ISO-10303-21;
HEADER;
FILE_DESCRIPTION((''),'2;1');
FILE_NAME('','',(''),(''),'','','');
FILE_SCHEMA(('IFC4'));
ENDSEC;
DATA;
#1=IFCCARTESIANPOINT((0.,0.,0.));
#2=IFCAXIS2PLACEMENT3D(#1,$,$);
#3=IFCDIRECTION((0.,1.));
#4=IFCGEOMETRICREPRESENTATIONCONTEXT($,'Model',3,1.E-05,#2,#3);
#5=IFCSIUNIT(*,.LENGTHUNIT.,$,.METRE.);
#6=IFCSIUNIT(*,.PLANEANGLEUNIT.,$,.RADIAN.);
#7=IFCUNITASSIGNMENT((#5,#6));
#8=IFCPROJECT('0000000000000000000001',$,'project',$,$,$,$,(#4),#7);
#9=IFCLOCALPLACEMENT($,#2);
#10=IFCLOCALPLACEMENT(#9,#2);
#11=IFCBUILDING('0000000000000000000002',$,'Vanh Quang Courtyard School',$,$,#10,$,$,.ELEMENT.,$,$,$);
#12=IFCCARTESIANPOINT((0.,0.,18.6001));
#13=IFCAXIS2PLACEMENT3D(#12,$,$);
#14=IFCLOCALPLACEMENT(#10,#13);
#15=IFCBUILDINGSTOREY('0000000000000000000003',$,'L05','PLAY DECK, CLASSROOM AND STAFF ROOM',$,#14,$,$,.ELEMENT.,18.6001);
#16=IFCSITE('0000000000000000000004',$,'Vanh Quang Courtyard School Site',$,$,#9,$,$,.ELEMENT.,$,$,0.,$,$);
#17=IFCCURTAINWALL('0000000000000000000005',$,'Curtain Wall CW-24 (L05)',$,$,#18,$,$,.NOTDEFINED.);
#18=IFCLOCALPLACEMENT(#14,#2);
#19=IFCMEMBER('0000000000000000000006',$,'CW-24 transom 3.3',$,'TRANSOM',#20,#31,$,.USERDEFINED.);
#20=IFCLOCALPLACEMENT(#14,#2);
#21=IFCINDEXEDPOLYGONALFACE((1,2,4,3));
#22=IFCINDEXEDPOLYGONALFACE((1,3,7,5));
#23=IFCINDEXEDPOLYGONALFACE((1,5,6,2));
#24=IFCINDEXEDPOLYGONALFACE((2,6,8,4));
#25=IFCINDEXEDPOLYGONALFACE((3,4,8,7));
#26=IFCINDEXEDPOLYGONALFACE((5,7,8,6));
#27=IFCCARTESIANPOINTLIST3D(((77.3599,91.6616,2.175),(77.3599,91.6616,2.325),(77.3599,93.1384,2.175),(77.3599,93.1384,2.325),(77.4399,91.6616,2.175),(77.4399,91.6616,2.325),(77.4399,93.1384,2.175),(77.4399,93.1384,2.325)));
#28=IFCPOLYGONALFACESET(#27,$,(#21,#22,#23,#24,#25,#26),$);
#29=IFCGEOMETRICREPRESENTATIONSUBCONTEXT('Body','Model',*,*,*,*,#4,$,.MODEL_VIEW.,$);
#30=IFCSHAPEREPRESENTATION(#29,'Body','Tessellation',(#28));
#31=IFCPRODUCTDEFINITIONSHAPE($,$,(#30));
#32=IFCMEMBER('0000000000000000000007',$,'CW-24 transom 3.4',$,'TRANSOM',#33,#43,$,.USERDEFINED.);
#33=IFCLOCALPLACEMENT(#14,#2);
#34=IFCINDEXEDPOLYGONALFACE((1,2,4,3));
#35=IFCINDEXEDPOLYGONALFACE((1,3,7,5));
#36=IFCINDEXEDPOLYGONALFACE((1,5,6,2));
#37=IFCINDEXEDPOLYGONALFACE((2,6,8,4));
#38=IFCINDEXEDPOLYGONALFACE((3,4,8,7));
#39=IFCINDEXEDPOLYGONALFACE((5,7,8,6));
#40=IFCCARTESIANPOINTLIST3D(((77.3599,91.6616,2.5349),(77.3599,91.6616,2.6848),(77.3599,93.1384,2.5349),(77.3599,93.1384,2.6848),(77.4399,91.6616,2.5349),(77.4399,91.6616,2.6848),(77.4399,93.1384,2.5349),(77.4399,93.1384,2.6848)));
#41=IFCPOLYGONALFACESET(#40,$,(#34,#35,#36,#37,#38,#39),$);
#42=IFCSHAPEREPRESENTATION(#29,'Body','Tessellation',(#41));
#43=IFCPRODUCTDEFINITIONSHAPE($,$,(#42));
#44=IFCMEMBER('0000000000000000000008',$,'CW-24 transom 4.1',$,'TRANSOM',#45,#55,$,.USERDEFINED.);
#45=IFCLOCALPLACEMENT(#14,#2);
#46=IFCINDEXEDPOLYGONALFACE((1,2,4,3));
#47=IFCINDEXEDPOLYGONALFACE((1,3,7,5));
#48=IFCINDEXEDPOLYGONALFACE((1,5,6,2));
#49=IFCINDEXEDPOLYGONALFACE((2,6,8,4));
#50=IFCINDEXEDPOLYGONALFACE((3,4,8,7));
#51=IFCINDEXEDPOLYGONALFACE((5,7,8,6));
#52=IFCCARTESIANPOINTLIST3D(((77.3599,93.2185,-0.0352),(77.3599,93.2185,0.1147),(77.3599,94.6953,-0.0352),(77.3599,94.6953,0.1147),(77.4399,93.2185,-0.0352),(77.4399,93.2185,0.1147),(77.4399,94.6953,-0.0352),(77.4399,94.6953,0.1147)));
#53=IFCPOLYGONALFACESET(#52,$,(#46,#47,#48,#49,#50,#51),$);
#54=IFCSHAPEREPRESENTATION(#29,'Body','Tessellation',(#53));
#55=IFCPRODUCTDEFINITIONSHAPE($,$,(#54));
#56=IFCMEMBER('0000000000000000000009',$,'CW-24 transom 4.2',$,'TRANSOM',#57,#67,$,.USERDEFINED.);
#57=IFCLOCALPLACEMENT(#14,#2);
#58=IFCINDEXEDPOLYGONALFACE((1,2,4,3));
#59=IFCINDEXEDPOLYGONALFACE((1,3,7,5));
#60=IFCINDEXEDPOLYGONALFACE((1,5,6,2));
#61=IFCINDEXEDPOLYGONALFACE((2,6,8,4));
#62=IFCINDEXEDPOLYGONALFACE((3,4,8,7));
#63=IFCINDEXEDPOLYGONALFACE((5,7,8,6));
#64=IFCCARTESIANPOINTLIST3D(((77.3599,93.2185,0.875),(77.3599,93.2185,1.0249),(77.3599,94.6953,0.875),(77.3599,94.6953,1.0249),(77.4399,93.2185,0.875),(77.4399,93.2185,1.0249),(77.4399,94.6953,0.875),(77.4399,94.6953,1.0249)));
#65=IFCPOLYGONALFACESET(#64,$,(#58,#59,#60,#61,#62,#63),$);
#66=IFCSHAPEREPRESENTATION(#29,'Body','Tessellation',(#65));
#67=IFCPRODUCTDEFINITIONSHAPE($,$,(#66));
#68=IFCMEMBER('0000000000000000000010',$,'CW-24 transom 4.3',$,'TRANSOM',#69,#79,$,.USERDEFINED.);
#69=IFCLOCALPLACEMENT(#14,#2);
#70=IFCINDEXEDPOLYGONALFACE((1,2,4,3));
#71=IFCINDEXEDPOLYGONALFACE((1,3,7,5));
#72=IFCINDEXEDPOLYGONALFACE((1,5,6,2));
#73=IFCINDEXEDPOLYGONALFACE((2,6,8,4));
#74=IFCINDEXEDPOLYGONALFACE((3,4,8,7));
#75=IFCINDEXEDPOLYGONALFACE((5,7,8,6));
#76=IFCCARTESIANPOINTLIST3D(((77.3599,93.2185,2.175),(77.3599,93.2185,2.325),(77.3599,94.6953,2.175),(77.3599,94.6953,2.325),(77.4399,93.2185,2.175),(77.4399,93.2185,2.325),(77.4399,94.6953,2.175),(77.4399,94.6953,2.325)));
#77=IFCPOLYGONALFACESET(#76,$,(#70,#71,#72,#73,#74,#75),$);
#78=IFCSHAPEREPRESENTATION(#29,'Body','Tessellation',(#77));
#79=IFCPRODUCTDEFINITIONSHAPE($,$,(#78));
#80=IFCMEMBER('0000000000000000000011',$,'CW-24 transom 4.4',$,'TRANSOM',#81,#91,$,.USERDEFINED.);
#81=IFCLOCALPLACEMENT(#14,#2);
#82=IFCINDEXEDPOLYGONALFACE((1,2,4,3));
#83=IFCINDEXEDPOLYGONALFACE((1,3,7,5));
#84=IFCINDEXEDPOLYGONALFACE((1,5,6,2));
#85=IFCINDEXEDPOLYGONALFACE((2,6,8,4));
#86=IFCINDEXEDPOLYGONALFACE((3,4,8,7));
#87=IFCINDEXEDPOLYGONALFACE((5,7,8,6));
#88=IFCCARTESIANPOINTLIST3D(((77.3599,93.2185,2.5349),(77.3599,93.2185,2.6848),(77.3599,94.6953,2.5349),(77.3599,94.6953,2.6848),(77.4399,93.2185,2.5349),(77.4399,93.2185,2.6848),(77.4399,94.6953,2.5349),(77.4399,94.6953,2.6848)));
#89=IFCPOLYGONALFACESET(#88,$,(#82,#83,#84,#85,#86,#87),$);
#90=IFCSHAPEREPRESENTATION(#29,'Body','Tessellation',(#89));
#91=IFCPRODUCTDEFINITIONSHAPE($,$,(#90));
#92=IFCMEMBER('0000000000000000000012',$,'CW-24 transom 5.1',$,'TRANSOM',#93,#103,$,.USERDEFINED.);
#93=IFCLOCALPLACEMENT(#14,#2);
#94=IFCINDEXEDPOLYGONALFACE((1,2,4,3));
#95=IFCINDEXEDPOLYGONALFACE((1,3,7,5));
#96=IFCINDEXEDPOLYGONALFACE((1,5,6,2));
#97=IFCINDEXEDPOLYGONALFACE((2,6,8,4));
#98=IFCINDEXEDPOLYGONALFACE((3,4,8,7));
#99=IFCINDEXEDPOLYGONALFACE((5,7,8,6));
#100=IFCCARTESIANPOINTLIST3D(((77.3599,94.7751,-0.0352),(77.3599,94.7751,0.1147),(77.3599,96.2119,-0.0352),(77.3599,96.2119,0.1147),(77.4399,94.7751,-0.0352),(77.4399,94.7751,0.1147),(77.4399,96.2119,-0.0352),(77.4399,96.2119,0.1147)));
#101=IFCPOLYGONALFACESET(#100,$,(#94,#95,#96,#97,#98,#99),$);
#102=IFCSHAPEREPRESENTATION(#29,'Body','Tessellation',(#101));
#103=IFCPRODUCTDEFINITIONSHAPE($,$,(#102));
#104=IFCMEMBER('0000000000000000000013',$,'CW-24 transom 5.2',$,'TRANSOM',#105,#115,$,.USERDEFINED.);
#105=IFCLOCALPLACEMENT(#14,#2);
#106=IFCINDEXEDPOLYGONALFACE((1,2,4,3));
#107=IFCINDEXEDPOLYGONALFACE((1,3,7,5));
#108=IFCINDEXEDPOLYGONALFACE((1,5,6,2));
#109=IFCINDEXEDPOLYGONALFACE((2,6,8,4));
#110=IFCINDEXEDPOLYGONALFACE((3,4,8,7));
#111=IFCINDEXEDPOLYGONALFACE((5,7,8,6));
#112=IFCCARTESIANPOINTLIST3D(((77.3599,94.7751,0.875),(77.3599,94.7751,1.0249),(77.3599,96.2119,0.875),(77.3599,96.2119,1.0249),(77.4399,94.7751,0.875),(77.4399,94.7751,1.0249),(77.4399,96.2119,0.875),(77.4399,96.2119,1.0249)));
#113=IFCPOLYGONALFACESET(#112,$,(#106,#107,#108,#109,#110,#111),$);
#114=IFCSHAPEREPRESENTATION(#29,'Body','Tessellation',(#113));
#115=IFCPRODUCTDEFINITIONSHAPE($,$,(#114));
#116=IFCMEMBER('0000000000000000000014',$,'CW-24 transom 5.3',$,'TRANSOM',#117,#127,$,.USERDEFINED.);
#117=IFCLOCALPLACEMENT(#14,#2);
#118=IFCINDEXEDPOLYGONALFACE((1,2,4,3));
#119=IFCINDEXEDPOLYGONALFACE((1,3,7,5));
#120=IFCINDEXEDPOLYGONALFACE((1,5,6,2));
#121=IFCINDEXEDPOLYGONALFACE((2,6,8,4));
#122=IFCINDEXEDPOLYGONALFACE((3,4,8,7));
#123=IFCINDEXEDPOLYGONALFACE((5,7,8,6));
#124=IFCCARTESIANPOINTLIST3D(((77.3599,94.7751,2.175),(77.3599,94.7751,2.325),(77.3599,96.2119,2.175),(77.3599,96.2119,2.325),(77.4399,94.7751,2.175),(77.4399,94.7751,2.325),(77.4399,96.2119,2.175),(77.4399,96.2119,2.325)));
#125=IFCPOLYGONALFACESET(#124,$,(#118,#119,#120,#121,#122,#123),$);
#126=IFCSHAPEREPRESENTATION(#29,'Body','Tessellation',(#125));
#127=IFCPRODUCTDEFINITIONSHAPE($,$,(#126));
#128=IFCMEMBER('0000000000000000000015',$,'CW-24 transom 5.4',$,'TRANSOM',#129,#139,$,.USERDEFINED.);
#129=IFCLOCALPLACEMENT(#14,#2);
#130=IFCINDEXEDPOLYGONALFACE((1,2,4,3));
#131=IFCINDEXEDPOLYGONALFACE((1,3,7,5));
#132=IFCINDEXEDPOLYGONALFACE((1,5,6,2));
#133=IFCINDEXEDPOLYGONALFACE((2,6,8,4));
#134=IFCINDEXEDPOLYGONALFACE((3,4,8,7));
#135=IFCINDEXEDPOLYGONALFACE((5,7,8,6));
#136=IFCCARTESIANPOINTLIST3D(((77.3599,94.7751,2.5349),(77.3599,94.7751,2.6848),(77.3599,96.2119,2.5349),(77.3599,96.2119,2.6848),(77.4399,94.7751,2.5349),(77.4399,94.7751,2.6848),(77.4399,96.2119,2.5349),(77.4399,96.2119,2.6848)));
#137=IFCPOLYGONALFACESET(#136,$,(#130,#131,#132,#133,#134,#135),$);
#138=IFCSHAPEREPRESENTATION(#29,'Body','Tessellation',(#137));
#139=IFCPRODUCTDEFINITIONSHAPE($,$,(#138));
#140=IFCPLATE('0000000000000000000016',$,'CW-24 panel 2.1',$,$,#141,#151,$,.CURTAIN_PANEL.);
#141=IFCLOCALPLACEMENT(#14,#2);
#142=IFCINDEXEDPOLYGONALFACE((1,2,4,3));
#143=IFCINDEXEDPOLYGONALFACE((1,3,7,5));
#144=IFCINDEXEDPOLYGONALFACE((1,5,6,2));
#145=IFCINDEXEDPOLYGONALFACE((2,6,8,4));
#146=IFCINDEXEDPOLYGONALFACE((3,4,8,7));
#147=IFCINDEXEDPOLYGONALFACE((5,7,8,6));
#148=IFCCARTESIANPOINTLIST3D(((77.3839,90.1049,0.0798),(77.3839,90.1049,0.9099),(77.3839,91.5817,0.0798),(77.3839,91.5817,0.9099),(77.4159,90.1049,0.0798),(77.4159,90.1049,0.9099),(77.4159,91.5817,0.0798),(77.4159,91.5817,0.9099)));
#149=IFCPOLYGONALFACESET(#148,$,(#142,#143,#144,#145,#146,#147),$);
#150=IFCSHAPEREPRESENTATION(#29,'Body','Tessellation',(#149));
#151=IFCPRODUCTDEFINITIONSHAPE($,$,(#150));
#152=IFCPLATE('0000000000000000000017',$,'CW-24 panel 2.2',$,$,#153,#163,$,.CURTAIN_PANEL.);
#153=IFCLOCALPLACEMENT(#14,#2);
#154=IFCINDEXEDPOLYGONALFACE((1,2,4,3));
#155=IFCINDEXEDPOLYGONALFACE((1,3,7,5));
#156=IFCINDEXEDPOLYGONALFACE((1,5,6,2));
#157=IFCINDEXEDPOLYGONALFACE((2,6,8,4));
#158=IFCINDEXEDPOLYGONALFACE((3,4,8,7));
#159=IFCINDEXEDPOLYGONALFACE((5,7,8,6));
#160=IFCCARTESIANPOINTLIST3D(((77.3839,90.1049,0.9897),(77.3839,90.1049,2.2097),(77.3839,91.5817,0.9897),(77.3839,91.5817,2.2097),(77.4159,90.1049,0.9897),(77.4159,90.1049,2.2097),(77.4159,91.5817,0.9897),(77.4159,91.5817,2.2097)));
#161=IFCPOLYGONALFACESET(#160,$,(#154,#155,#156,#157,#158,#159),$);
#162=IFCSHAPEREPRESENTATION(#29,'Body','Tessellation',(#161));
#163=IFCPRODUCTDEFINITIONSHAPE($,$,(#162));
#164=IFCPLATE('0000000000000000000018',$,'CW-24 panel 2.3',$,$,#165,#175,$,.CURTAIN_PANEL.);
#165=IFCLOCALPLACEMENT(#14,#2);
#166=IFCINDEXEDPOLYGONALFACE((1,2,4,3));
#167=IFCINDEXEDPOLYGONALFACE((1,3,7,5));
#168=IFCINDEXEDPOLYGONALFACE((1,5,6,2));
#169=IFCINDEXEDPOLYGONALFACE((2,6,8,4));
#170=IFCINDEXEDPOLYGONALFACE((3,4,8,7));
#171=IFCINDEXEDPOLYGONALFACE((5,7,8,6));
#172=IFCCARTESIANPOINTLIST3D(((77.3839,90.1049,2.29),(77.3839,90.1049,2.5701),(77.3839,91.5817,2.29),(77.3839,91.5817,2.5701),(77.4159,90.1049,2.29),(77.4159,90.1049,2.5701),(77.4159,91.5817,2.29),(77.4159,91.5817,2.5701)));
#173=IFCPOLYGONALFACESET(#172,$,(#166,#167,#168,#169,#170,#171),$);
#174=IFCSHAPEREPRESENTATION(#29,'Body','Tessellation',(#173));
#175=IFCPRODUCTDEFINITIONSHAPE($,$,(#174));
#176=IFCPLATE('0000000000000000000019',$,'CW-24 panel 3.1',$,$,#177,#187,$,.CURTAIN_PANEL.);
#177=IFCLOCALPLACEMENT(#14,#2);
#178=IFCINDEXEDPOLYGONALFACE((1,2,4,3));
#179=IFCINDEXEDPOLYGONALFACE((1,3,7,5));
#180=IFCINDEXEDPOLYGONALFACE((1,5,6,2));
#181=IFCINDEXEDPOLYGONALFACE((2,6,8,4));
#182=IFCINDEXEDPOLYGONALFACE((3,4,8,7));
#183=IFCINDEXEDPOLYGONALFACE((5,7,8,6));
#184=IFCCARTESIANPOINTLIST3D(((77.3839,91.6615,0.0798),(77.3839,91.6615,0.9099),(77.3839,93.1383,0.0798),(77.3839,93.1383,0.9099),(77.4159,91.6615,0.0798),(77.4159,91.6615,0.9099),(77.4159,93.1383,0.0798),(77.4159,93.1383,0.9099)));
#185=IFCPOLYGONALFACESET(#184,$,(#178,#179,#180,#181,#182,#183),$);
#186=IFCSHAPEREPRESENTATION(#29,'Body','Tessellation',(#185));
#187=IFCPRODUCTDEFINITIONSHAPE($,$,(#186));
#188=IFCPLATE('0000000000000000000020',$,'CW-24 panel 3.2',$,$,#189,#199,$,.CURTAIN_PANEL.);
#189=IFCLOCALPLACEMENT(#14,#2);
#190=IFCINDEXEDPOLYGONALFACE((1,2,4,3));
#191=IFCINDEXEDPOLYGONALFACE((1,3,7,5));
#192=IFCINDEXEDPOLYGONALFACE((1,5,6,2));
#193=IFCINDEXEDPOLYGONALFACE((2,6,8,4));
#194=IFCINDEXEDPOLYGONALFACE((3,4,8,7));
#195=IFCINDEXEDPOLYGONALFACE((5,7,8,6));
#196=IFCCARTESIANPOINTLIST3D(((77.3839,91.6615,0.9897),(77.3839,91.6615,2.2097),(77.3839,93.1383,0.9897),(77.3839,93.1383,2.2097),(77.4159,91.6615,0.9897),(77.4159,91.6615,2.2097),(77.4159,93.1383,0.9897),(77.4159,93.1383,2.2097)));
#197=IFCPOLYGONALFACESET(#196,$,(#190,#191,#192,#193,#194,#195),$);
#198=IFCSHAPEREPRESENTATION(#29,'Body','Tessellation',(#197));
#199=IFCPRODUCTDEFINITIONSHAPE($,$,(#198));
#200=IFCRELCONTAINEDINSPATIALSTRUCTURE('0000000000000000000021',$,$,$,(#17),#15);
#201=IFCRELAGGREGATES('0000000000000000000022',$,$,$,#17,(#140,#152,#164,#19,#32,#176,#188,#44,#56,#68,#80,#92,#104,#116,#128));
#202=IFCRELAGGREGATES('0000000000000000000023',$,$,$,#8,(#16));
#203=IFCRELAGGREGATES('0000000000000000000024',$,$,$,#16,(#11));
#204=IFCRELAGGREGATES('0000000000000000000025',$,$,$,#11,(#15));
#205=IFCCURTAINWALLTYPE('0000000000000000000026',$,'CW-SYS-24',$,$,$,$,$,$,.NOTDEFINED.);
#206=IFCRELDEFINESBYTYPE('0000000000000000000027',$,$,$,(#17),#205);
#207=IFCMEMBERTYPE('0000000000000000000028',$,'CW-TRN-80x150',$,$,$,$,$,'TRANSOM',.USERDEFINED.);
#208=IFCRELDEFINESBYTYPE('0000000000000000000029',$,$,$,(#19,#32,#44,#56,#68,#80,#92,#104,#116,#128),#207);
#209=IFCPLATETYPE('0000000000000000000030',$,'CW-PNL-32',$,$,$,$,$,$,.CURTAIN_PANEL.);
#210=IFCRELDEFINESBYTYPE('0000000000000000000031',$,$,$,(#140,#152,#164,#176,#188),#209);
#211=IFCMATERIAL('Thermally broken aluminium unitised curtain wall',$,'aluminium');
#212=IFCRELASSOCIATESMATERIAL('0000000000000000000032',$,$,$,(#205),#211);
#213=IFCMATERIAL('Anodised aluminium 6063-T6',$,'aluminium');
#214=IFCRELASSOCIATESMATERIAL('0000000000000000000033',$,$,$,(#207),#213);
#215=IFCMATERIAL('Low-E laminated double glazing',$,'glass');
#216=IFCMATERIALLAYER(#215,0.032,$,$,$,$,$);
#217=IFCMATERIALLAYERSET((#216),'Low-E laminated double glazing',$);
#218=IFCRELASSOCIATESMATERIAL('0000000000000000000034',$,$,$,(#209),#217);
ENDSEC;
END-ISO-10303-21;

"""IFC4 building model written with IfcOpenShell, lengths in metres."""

from ifc_helpers import new_model, si_unit, direction, frame, origin, origin_2d, place, context, subcontext, project, spatial, rectangle, extrude, material, layer, layer_set, material_profile, profile_set, type_object, element, aggregate, save


model = new_model("IFC4")

# Units and contexts
model_context = context("Model", 3, precision=1e-05, world=origin(), true_north=direction((0.0, 1.0)))
body_context = subcontext(model_context, "Body", "Model", "MODEL_VIEW")
ifc_project = project(units=[si_unit("LENGTHUNIT", "METRE"), si_unit("PLANEANGLEUNIT", "RADIAN")], contexts=[model_context])

# Site, building, storey
site_placement = place(None, origin())
site = spatial("IfcSite", under=ifc_project, at=site_placement, Name="Vanh Quang Courtyard School Site", CompositionType="ELEMENT", RefElevation=0.0)
building_placement = place(site_placement, origin())
building = spatial("IfcBuilding", under=site, at=building_placement, Name="Vanh Quang Courtyard School", CompositionType="ELEMENT")
storey_placement = place(building_placement, frame((0.0, 0.0, 18.6001)))
storey = spatial("IfcBuildingStorey", under=building, at=storey_placement, Name="L05", Description="PLAY DECK, CLASSROOM AND STAFF ROOM", CompositionType="ELEMENT", Elevation=18.6001)

# Curtain wall, members, plates
ifc_material_1 = material(Name="Thermally broken aluminium unitised curtain wall", Category="aluminium")
curtain_wall_type = type_object("IfcCurtainWallType", Name="CW-SYS-24", PredefinedType="NOTDEFINED", material=ifc_material_1)
curtain_wall_placement = place(storey_placement, origin())
curtain_wall = element("IfcCurtainWall", 1, at=curtain_wall_placement, inside=storey, type_object=curtain_wall_type, Name="Curtain Wall CW-24 (L05)", PredefinedType="NOTDEFINED")
ifc_material_2 = material(Name="Anodised aluminium 6063-T6", Category="aluminium")
ifc_material_profile_1 = material_profile(ifc_material_2, rectangle(XDim=0.0801, YDim=0.1499, at=origin_2d()), Name="ALU-TRN 80x150")
ifc_profile_set_1 = profile_set([ifc_material_profile_1], Name="Anodised aluminium 6063-T6")
member_type_1 = type_object("IfcMemberType", Name="CW-TRN-80x150", ElementType="TRANSOM", PredefinedType="USERDEFINED", material=ifc_profile_set_1)
member_1_placement = place(storey_placement, frame((77.3999, 91.6616, 2.25), z_axis=(0.0, 1.0, 0.0), x_axis=(-1.0, 0.0, 0.0)))
member_1 = element("IfcMember", 2, at=member_1_placement, type_object=member_type_1, Name="CW-24 transom 3.3", ObjectType="TRANSOM", PredefinedType="USERDEFINED", context=body_context, shape_type="SweptSolid", body=[
    extrude(rectangle(XDim=0.0801, YDim=0.1499, at=origin_2d()), origin(), (0.0, 0.0, 1.0), 1.4768),
])
member_2_placement = place(storey_placement, frame((77.3999, 91.6616, 2.6099), z_axis=(0.0, 1.0, 0.0), x_axis=(-1.0, 0.0, 0.0)))
member_2 = element("IfcMember", 3, at=member_2_placement, type_object=member_type_1, Name="CW-24 transom 3.4", ObjectType="TRANSOM", PredefinedType="USERDEFINED", context=body_context, shape_type="SweptSolid", body=[
    extrude(rectangle(XDim=0.0801, YDim=0.1499, at=origin_2d()), origin(), (0.0, 0.0, 1.0), 1.4768),
])
member_3_placement = place(storey_placement, frame((77.3999, 93.2185, 0.0398), z_axis=(0.0, 1.0, 0.0), x_axis=(-1.0, 0.0, 0.0)))
member_3 = element("IfcMember", 4, at=member_3_placement, type_object=member_type_1, Name="CW-24 transom 4.1", ObjectType="TRANSOM", PredefinedType="USERDEFINED", context=body_context, shape_type="SweptSolid", body=[
    extrude(rectangle(XDim=0.0801, YDim=0.1499, at=origin_2d()), origin(), (0.0, 0.0, 1.0), 1.4768),
])
member_4_placement = place(storey_placement, frame((77.3999, 93.2185, 0.95), z_axis=(0.0, 1.0, 0.0), x_axis=(-1.0, 0.0, 0.0)))
member_4 = element("IfcMember", 5, at=member_4_placement, type_object=member_type_1, Name="CW-24 transom 4.2", ObjectType="TRANSOM", PredefinedType="USERDEFINED", context=body_context, shape_type="SweptSolid", body=[
    extrude(rectangle(XDim=0.0801, YDim=0.1499, at=origin_2d()), origin(), (0.0, 0.0, 1.0), 1.4768),
])
member_5_placement = place(storey_placement, frame((77.3999, 93.2185, 2.25), z_axis=(0.0, 1.0, 0.0), x_axis=(-1.0, 0.0, 0.0)))
member_5 = element("IfcMember", 6, at=member_5_placement, type_object=member_type_1, Name="CW-24 transom 4.3", ObjectType="TRANSOM", PredefinedType="USERDEFINED", context=body_context, shape_type="SweptSolid", body=[
    extrude(rectangle(XDim=0.0801, YDim=0.1499, at=origin_2d()), origin(), (0.0, 0.0, 1.0), 1.4768),
])
member_6_placement = place(storey_placement, frame((77.3999, 93.2185, 2.6099), z_axis=(0.0, 1.0, 0.0), x_axis=(-1.0, 0.0, 0.0)))
member_6 = element("IfcMember", 7, at=member_6_placement, type_object=member_type_1, Name="CW-24 transom 4.4", ObjectType="TRANSOM", PredefinedType="USERDEFINED", context=body_context, shape_type="SweptSolid", body=[
    extrude(rectangle(XDim=0.0801, YDim=0.1499, at=origin_2d()), origin(), (0.0, 0.0, 1.0), 1.4768),
])
member_7_placement = place(storey_placement, frame((77.3999, 94.7751, 0.0398), z_axis=(0.0, 1.0, 0.0), x_axis=(-1.0, 0.0, 0.0)))
member_7 = element("IfcMember", 8, at=member_7_placement, type_object=member_type_1, Name="CW-24 transom 5.1", ObjectType="TRANSOM", PredefinedType="USERDEFINED", context=body_context, shape_type="SweptSolid", body=[
    extrude(rectangle(XDim=0.0801, YDim=0.1499, at=origin_2d()), origin(), (0.0, 0.0, 1.0), 1.4368),
])
member_8_placement = place(storey_placement, frame((77.3999, 94.7751, 0.95), z_axis=(0.0, 1.0, 0.0), x_axis=(-1.0, 0.0, 0.0)))
member_8 = element("IfcMember", 9, at=member_8_placement, type_object=member_type_1, Name="CW-24 transom 5.2", ObjectType="TRANSOM", PredefinedType="USERDEFINED", context=body_context, shape_type="SweptSolid", body=[
    extrude(rectangle(XDim=0.0801, YDim=0.1499, at=origin_2d()), origin(), (0.0, 0.0, 1.0), 1.4368),
])
member_9_placement = place(storey_placement, frame((77.3999, 94.7751, 2.25), z_axis=(0.0, 1.0, 0.0), x_axis=(-1.0, 0.0, 0.0)))
member_9 = element("IfcMember", 10, at=member_9_placement, type_object=member_type_1, Name="CW-24 transom 5.3", ObjectType="TRANSOM", PredefinedType="USERDEFINED", context=body_context, shape_type="SweptSolid", body=[
    extrude(rectangle(XDim=0.0801, YDim=0.1499, at=origin_2d()), origin(), (0.0, 0.0, 1.0), 1.4368),
])
member_10_placement = place(storey_placement, frame((77.3999, 94.7751, 2.6099), z_axis=(0.0, 1.0, 0.0), x_axis=(-1.0, 0.0, 0.0)))
member_10 = element("IfcMember", 11, at=member_10_placement, type_object=member_type_1, Name="CW-24 transom 5.4", ObjectType="TRANSOM", PredefinedType="USERDEFINED", context=body_context, shape_type="SweptSolid", body=[
    extrude(rectangle(XDim=0.0801, YDim=0.1499, at=origin_2d()), origin(), (0.0, 0.0, 1.0), 1.4368),
])
ifc_material_3 = material(Name="Low-E laminated double glazing", Category="glass")
ifc_layer = layer(ifc_material_3, 0.032)
ifc_layer_set = layer_set([ifc_layer], Name="Low-E laminated double glazing")
plate_type = type_object("IfcPlateType", Name="CW-PNL-32", PredefinedType="CURTAIN_PANEL", material=ifc_layer_set)
plate_1_placement = place(storey_placement, frame((77.3999, 90.8433, 0.0798), z_axis=(0.0, 0.0, 1.0), x_axis=(0.0, 1.0, 0.0)))
plate_1 = element("IfcPlate", 12, at=plate_1_placement, type_object=plate_type, Name="CW-24 panel 2.1", PredefinedType="CURTAIN_PANEL", context=body_context, shape_type="SweptSolid", body=[
    extrude(rectangle(XDim=1.4768, YDim=0.032, at=origin_2d()), origin(), (0.0, 0.0, 1.0), 0.8301),
])
plate_2_placement = place(storey_placement, frame((77.3999, 90.8433, 0.9897), z_axis=(0.0, 0.0, 1.0), x_axis=(0.0, 1.0, 0.0)))
plate_2 = element("IfcPlate", 13, at=plate_2_placement, type_object=plate_type, Name="CW-24 panel 2.2", PredefinedType="CURTAIN_PANEL", context=body_context, shape_type="SweptSolid", body=[
    extrude(rectangle(XDim=1.4768, YDim=0.032, at=origin_2d()), origin(), (0.0, 0.0, 1.0), 1.22),
])
plate_3_placement = place(storey_placement, frame((77.3999, 90.8433, 2.29), z_axis=(0.0, 0.0, 1.0), x_axis=(0.0, 1.0, 0.0)))
plate_3 = element("IfcPlate", 14, at=plate_3_placement, type_object=plate_type, Name="CW-24 panel 2.3", PredefinedType="CURTAIN_PANEL", context=body_context, shape_type="SweptSolid", body=[
    extrude(rectangle(XDim=1.4768, YDim=0.032, at=origin_2d()), origin(), (0.0, 0.0, 1.0), 0.28),
])
plate_4_placement = place(storey_placement, frame((77.3999, 92.3999, 0.0798), z_axis=(0.0, 0.0, 1.0), x_axis=(0.0, 1.0, 0.0)))
plate_4 = element("IfcPlate", 15, at=plate_4_placement, type_object=plate_type, Name="CW-24 panel 3.1", PredefinedType="CURTAIN_PANEL", context=body_context, shape_type="SweptSolid", body=[
    extrude(rectangle(XDim=1.4768, YDim=0.032, at=origin_2d()), origin(), (0.0, 0.0, 1.0), 0.8301),
])
plate_5_placement = place(storey_placement, frame((77.3999, 92.3999, 0.9897), z_axis=(0.0, 0.0, 1.0), x_axis=(0.0, 1.0, 0.0)))
plate_5 = element("IfcPlate", 16, at=plate_5_placement, type_object=plate_type, Name="CW-24 panel 3.2", PredefinedType="CURTAIN_PANEL", context=body_context, shape_type="SweptSolid", body=[
    extrude(rectangle(XDim=1.4768, YDim=0.032, at=origin_2d()), origin(), (0.0, 0.0, 1.0), 1.22),
])
aggregate(curtain_wall, [plate_1, plate_2, plate_3, member_1, member_2, plate_4, plate_5, member_3, member_4, member_5, member_6, member_7, member_8, member_9, member_10])

save(model, "model.ifc")
